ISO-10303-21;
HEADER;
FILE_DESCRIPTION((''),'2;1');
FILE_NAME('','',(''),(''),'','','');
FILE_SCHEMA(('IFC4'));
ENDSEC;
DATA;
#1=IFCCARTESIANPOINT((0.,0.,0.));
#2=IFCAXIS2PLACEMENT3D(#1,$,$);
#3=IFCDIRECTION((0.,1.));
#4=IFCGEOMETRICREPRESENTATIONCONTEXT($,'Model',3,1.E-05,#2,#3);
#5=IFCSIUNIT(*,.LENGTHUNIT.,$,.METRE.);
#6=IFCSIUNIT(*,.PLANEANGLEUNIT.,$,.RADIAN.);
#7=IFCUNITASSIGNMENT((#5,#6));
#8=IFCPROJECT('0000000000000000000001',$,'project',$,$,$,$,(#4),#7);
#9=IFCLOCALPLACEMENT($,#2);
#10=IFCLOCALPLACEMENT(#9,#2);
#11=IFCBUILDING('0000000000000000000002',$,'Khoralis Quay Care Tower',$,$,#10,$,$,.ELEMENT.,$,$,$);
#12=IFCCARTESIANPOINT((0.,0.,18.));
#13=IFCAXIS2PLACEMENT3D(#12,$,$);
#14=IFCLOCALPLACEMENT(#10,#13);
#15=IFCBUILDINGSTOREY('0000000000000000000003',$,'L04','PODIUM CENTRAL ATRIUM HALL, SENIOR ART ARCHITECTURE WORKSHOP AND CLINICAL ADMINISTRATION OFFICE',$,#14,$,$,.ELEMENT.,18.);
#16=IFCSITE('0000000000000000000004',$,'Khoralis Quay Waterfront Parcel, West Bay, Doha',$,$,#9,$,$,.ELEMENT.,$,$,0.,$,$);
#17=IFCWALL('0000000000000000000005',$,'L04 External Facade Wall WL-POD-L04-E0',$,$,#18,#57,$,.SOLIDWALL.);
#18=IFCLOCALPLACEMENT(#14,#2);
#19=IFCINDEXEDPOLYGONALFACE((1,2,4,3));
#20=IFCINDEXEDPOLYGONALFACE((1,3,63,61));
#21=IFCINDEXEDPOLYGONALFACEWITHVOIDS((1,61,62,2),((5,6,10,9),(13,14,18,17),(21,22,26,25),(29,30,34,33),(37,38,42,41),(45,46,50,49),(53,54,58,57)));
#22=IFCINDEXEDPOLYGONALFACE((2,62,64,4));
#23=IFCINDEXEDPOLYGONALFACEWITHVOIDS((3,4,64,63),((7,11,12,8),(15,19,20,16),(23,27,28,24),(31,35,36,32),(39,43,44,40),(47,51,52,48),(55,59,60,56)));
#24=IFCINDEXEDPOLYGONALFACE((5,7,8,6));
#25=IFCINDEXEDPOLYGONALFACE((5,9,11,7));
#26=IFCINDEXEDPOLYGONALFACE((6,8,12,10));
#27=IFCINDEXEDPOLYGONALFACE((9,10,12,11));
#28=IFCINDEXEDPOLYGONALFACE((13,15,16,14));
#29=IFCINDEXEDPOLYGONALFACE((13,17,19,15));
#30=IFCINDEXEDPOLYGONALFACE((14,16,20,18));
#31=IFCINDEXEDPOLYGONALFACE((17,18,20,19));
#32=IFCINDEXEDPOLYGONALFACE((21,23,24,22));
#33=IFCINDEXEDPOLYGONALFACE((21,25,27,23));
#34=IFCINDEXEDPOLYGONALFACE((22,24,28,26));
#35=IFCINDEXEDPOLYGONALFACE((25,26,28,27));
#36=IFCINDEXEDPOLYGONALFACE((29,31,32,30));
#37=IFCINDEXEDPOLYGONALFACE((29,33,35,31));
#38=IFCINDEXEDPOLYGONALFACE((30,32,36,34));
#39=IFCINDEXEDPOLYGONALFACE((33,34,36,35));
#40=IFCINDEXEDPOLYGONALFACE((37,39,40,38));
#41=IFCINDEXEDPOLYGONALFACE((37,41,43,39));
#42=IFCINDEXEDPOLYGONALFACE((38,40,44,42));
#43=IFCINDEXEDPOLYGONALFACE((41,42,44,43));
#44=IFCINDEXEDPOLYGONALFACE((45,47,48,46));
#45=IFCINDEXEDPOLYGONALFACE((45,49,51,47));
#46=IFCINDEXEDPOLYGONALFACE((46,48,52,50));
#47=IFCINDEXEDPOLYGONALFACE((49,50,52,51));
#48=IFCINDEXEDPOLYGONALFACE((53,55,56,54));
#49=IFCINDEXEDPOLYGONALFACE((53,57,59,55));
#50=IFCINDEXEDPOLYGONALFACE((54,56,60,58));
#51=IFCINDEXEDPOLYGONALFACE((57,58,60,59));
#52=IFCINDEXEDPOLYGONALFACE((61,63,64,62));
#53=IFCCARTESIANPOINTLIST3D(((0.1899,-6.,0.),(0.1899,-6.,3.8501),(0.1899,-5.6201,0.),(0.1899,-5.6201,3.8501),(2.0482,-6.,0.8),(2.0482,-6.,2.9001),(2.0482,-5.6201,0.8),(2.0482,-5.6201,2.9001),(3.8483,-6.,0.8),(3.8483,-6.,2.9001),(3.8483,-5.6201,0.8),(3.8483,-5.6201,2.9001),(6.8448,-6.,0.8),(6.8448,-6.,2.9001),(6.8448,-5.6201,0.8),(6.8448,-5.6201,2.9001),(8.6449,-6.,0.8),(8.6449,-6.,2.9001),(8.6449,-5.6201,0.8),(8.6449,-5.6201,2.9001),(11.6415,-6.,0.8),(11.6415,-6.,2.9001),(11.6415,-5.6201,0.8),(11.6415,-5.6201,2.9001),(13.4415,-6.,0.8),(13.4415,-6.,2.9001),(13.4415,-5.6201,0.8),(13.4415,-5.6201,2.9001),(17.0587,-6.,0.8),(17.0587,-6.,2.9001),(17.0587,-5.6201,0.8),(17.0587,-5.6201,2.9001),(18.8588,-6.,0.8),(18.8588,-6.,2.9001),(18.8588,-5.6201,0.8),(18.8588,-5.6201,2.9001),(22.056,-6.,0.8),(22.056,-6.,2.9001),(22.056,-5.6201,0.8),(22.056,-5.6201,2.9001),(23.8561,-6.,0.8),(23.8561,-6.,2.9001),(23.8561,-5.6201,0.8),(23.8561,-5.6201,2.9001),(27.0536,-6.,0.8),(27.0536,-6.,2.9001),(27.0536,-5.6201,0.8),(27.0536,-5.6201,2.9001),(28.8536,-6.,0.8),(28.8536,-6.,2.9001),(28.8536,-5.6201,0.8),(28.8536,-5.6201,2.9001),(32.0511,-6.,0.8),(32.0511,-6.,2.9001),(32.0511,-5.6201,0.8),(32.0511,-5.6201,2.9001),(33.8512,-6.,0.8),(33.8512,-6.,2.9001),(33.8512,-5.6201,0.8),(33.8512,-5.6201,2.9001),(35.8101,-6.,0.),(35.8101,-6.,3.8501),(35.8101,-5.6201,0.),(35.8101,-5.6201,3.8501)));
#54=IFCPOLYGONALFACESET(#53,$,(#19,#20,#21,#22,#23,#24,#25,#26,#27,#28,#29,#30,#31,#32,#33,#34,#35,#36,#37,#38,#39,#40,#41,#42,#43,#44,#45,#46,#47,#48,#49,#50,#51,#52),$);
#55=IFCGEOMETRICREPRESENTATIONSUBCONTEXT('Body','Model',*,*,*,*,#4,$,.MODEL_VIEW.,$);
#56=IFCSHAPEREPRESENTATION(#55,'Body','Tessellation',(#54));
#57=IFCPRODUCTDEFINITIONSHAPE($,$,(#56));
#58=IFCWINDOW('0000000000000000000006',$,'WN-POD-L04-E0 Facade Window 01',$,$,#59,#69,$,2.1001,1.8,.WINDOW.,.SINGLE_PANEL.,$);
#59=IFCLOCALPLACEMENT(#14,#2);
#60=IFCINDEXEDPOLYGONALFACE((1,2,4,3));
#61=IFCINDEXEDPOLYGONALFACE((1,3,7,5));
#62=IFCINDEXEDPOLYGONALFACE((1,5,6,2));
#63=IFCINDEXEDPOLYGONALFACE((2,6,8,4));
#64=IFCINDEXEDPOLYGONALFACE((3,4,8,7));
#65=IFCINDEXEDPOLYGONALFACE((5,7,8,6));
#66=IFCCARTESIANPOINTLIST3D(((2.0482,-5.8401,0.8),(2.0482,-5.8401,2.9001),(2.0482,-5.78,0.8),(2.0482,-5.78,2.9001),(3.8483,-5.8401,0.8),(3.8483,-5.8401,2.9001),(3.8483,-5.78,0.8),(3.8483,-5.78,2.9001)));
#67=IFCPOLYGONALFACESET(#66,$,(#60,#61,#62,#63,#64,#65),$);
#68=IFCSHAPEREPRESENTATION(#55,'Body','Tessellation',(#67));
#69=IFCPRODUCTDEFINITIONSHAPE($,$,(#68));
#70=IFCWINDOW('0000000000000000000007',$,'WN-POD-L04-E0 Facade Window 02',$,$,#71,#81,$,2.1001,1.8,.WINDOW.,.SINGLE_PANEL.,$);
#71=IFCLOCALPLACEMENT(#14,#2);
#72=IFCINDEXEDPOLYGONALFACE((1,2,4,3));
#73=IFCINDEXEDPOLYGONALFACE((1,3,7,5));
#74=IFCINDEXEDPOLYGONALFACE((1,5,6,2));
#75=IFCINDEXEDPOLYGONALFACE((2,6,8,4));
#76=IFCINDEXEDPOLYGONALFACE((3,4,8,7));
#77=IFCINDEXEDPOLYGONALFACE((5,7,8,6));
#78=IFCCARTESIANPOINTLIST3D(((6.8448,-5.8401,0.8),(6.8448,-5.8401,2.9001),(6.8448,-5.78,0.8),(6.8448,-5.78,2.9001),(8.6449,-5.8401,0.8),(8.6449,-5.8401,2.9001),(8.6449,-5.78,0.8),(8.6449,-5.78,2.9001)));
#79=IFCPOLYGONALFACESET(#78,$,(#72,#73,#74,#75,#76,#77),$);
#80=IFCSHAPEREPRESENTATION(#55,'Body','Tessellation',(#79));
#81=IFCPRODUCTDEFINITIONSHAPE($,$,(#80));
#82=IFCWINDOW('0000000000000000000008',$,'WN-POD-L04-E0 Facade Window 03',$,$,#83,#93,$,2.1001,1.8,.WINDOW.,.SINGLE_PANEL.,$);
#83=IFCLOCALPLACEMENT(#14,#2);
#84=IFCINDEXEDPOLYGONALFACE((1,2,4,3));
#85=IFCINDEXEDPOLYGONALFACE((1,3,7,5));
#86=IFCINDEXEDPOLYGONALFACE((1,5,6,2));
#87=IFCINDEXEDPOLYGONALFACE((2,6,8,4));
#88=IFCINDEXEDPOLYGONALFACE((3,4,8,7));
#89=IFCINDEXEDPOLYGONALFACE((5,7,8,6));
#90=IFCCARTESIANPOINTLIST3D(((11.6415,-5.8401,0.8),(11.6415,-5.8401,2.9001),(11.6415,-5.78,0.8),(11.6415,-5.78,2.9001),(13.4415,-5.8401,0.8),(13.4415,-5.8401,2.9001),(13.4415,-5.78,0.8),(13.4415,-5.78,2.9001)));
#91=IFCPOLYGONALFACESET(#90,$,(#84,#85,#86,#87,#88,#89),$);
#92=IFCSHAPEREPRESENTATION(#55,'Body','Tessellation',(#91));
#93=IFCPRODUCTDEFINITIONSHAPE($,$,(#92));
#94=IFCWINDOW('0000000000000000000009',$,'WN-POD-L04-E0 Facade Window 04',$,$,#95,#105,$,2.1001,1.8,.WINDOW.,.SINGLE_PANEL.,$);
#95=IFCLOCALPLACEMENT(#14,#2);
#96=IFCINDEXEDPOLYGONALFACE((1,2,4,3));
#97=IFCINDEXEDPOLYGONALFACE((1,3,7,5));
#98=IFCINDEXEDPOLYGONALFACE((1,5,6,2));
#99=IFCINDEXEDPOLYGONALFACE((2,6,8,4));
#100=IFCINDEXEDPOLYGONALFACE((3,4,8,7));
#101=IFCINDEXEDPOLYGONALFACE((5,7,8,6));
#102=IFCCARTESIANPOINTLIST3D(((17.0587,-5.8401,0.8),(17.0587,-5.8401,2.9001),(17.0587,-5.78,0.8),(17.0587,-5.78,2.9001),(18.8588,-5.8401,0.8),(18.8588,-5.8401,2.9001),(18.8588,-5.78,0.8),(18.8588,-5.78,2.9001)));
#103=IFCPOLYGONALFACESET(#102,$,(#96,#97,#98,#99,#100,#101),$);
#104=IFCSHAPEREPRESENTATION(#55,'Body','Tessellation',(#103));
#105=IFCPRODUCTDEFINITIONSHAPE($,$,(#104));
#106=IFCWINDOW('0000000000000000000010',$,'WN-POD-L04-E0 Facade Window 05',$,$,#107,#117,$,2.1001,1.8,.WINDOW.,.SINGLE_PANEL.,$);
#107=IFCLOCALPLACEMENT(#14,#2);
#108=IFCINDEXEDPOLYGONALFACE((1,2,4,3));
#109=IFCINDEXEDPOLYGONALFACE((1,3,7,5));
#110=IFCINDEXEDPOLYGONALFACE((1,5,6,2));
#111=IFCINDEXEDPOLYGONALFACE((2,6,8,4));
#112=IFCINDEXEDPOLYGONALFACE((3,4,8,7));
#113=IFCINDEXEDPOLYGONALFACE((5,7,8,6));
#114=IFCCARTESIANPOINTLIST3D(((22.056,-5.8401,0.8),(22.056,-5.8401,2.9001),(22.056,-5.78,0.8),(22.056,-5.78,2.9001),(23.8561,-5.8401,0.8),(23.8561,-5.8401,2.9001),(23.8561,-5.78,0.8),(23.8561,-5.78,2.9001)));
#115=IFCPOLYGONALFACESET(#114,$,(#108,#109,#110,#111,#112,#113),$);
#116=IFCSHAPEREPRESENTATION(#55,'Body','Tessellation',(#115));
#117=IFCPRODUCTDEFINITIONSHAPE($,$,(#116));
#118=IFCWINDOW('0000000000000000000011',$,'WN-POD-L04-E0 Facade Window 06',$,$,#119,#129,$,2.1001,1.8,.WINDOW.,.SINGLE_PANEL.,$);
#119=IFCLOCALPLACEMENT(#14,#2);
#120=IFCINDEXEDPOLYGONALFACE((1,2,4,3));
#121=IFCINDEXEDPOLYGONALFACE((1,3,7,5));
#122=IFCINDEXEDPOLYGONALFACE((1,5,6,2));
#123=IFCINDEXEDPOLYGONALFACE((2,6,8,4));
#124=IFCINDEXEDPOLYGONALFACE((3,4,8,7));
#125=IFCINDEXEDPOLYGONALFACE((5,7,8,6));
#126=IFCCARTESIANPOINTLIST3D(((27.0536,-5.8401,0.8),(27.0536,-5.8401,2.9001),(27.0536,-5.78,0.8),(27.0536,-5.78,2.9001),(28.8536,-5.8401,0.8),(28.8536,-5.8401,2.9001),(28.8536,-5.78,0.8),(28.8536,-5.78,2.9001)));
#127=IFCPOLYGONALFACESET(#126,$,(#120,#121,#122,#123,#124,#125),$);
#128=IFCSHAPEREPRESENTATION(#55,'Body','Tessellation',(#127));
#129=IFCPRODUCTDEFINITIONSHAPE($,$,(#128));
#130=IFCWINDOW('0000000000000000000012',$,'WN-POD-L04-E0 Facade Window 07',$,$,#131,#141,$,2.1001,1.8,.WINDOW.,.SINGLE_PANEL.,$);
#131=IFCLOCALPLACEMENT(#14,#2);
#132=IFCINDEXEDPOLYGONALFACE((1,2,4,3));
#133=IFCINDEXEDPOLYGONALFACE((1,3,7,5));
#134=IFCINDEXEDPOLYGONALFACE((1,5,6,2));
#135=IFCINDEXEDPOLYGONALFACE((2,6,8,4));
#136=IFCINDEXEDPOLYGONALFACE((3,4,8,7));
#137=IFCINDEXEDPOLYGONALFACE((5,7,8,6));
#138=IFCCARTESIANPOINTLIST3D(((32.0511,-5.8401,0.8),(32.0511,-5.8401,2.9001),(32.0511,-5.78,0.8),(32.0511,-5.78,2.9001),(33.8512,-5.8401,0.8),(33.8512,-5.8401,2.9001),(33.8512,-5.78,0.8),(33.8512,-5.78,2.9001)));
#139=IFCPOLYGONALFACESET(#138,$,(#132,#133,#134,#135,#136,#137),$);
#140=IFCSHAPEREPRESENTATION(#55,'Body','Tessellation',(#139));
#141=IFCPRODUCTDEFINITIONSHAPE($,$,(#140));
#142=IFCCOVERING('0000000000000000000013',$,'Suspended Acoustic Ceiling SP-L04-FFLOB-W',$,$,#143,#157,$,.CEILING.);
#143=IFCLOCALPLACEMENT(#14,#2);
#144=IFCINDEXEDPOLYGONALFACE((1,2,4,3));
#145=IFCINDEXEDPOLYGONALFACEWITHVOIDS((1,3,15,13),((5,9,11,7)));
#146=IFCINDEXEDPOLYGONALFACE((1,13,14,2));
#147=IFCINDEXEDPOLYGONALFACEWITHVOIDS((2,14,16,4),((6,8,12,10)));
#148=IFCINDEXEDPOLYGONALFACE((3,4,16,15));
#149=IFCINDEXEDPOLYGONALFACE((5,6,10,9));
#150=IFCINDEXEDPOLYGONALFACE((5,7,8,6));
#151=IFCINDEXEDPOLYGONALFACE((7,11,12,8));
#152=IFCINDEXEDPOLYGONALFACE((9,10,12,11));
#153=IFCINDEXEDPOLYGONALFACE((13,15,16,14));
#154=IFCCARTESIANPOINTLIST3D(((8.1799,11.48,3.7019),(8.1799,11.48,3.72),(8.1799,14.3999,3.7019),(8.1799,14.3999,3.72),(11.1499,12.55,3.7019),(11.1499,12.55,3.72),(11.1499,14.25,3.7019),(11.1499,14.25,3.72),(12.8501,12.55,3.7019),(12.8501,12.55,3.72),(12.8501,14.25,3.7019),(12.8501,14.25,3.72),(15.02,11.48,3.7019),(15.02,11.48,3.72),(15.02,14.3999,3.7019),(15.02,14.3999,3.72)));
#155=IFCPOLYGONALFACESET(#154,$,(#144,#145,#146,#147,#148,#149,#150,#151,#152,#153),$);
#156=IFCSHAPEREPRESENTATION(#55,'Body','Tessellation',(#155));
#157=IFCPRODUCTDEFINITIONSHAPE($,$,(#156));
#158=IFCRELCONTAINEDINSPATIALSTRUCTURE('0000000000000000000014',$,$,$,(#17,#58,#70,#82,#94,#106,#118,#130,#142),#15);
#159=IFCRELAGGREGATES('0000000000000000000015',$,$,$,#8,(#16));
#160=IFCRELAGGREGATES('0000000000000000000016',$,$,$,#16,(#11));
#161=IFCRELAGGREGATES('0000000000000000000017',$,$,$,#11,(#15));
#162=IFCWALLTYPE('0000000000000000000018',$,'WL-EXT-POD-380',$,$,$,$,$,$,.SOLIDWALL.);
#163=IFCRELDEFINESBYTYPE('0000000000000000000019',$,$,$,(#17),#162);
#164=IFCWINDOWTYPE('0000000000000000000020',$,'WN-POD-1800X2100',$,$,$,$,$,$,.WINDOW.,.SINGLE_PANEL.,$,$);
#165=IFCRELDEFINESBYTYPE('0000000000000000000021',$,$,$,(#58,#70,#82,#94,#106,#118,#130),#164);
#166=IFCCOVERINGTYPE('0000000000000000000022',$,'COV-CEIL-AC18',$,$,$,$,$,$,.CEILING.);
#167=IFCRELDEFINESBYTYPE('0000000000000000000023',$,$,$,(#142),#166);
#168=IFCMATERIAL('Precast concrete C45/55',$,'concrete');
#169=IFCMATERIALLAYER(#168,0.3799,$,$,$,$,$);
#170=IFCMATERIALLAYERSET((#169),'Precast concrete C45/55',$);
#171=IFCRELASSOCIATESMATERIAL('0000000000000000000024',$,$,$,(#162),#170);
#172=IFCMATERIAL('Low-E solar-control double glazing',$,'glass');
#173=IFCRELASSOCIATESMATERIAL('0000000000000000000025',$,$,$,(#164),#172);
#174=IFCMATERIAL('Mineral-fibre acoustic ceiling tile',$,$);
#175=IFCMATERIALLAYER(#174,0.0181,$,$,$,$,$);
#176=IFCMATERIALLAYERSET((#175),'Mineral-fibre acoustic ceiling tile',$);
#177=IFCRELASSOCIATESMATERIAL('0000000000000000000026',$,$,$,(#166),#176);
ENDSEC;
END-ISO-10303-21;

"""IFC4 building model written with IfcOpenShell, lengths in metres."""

from ifc_helpers import new_model, si_unit, direction, frame, frame_2d, origin, place, context, subcontext, project, spatial, polyline, rectangle, outline, extrude, source, transform, mapped, material, layer, layer_set, type_object, element, fill, save


model = new_model("IFC4")

# Units and contexts
model_context = context("Model", 3, precision=1e-05, world=origin(), true_north=direction((0.0, 1.0)))
body_context = subcontext(model_context, "Body", "Model", "MODEL_VIEW")
ifc_project = project(units=[si_unit("LENGTHUNIT", "METRE"), si_unit("PLANEANGLEUNIT", "RADIAN")], contexts=[model_context])

# Site, building, storey
site_placement = place(None, origin())
site = spatial("IfcSite", under=ifc_project, at=site_placement, Name="Khoralis Quay Waterfront Parcel, West Bay, Doha", CompositionType="ELEMENT", RefElevation=0.0)
building_placement = place(site_placement, origin())
building = spatial("IfcBuilding", under=site, at=building_placement, Name="Khoralis Quay Care Tower", CompositionType="ELEMENT")
storey_placement = place(building_placement, frame((0.0, 0.0, 18.0)))
storey = spatial("IfcBuildingStorey", under=building, at=storey_placement, Name="L04", Description="PODIUM CENTRAL ATRIUM HALL, SENIOR ART ARCHITECTURE WORKSHOP AND CLINICAL ADMINISTRATION OFFICE", CompositionType="ELEMENT", Elevation=18.0)

# Shared definitions
ifc_material_1 = material(Name="Precast concrete C45/55", Category="concrete")

# Wall, openings, windows
ifc_layer_1 = layer(ifc_material_1, 0.3799)
ifc_layer_set_1 = layer_set([ifc_layer_1], Name="Precast concrete C45/55")
wall_type = type_object("IfcWallType", Name="WL-EXT-POD-380", PredefinedType="SOLIDWALL", material=ifc_layer_set_1)
wall_placement = place(storey_placement, frame((0.1899, -5.8101, 0.0), z_axis=(0.0, 0.0, 1.0), x_axis=(1.0, 0.0, 0.0)))
wall = element("IfcWall", 1, at=wall_placement, inside=storey, type_object=wall_type, Name="L04 External Facade Wall WL-POD-L04-E0", PredefinedType="SOLIDWALL", context=body_context, shape_type="SweptSolid", body=[
    extrude(rectangle(XDim=35.6201, YDim=0.3799, at=frame_2d((17.8101, 0.0))), origin(), (0.0, 0.0, 1.0), 3.8501),
])
opening_1_placement = place(wall_placement, frame((1.8584, 0.0, 0.8)))
opening_1 = element("IfcOpeningElement", 2, at=opening_1_placement, cuts=wall, PredefinedType="OPENING", context=body_context, shape_type="SweptSolid", body=[
    extrude(rectangle(XDim=1.8, YDim=2.1001, at=frame_2d((0.8999, 1.05))), frame((0.0, 0.2, 0.0), z_axis=(0.0, -1.0, 0.0), x_axis=(1.0, 0.0, 0.0)), (0.0, 0.0, 1.0), 0.3999),
])
opening_2_placement = place(wall_placement, frame((6.655, 0.0, 0.8)))
opening_2 = element("IfcOpeningElement", 3, at=opening_2_placement, cuts=wall, PredefinedType="OPENING", context=body_context, shape_type="SweptSolid", body=[
    extrude(rectangle(XDim=1.8, YDim=2.1001, at=frame_2d((0.8999, 1.05))), frame((0.0, 0.2, 0.0), z_axis=(0.0, -1.0, 0.0), x_axis=(1.0, 0.0, 0.0)), (0.0, 0.0, 1.0), 0.3999),
])
opening_3_placement = place(wall_placement, frame((11.4517, 0.0, 0.8)))
opening_3 = element("IfcOpeningElement", 4, at=opening_3_placement, cuts=wall, PredefinedType="OPENING", context=body_context, shape_type="SweptSolid", body=[
    extrude(rectangle(XDim=1.8, YDim=2.1001, at=frame_2d((0.8999, 1.05))), frame((0.0, 0.2, 0.0), z_axis=(0.0, -1.0, 0.0), x_axis=(1.0, 0.0, 0.0)), (0.0, 0.0, 1.0), 0.3999),
])
opening_4_placement = place(wall_placement, frame((16.8689, 0.0, 0.8)))
opening_4 = element("IfcOpeningElement", 5, at=opening_4_placement, cuts=wall, PredefinedType="OPENING", context=body_context, shape_type="SweptSolid", body=[
    extrude(rectangle(XDim=1.8, YDim=2.1001, at=frame_2d((0.8999, 1.05))), frame((0.0, 0.2, 0.0), z_axis=(0.0, -1.0, 0.0), x_axis=(1.0, 0.0, 0.0)), (0.0, 0.0, 1.0), 0.3999),
])
opening_5_placement = place(wall_placement, frame((21.8662, 0.0, 0.8)))
opening_5 = element("IfcOpeningElement", 6, at=opening_5_placement, cuts=wall, PredefinedType="OPENING", context=body_context, shape_type="SweptSolid", body=[
    extrude(rectangle(XDim=1.8, YDim=2.1001, at=frame_2d((0.8999, 1.05))), frame((0.0, 0.2, 0.0), z_axis=(0.0, -1.0, 0.0), x_axis=(1.0, 0.0, 0.0)), (0.0, 0.0, 1.0), 0.3999),
])
opening_6_placement = place(wall_placement, frame((26.8638, 0.0, 0.8)))
opening_6 = element("IfcOpeningElement", 7, at=opening_6_placement, cuts=wall, PredefinedType="OPENING", context=body_context, shape_type="SweptSolid", body=[
    extrude(rectangle(XDim=1.8, YDim=2.1001, at=frame_2d((0.8999, 1.05))), frame((0.0, 0.2, 0.0), z_axis=(0.0, -1.0, 0.0), x_axis=(1.0, 0.0, 0.0)), (0.0, 0.0, 1.0), 0.3999),
])
opening_7_placement = place(wall_placement, frame((31.8613, 0.0, 0.8)))
opening_7 = element("IfcOpeningElement", 8, at=opening_7_placement, cuts=wall, PredefinedType="OPENING", context=body_context, shape_type="SweptSolid", body=[
    extrude(rectangle(XDim=1.8, YDim=2.1001, at=frame_2d((0.8999, 1.05))), frame((0.0, 0.2, 0.0), z_axis=(0.0, -1.0, 0.0), x_axis=(1.0, 0.0, 0.0)), (0.0, 0.0, 1.0), 0.3999),
])
ifc_material_2 = material(Name="Low-E solar-control double glazing", Category="glass")
window_type = type_object("IfcWindowType", Name="WN-POD-1800X2100", PartitioningType="SINGLE_PANEL", PredefinedType="WINDOW", material=ifc_material_2)
shared_shape_1 = source(origin(), body_context, "Body", "SweptSolid", [
    extrude(rectangle(XDim=1.8, YDim=2.1001, at=frame_2d((0.8999, 1.05))), frame((0.0, 0.03, 0.0), z_axis=(0.0, -1.0, 0.0), x_axis=(1.0, 0.0, 0.0)), (0.0, 0.0, 1.0), 0.0601),
])
window_1_placement = place(opening_1_placement, origin())
window_1 = element("IfcWindow", 9, at=window_1_placement, inside=storey, type_object=window_type, Name="WN-POD-L04-E0 Facade Window 01", OverallHeight=2.1001, OverallWidth=1.8, PartitioningType="SINGLE_PANEL", PredefinedType="WINDOW", context=body_context, shape_type="MappedRepresentation", body=[
    mapped(shared_shape_1, transform((0.0, 0.0, 0.0), scale=1.0)),
])
fill(opening_1, window_1)
window_2_placement = place(opening_2_placement, origin())
window_2 = element("IfcWindow", 10, at=window_2_placement, inside=storey, type_object=window_type, Name="WN-POD-L04-E0 Facade Window 02", OverallHeight=2.1001, OverallWidth=1.8, PartitioningType="SINGLE_PANEL", PredefinedType="WINDOW", context=body_context, shape_type="MappedRepresentation", body=[
    mapped(shared_shape_1, transform((0.0, 0.0, 0.0), scale=1.0)),
])
fill(opening_2, window_2)
window_3_placement = place(opening_3_placement, origin())
window_3 = element("IfcWindow", 11, at=window_3_placement, inside=storey, type_object=window_type, Name="WN-POD-L04-E0 Facade Window 03", OverallHeight=2.1001, OverallWidth=1.8, PartitioningType="SINGLE_PANEL", PredefinedType="WINDOW", context=body_context, shape_type="MappedRepresentation", body=[
    mapped(shared_shape_1, transform((0.0, 0.0, 0.0), scale=1.0)),
])
fill(opening_3, window_3)
window_4_placement = place(opening_4_placement, origin())
window_4 = element("IfcWindow", 12, at=window_4_placement, inside=storey, type_object=window_type, Name="WN-POD-L04-E0 Facade Window 04", OverallHeight=2.1001, OverallWidth=1.8, PartitioningType="SINGLE_PANEL", PredefinedType="WINDOW", context=body_context, shape_type="MappedRepresentation", body=[
    mapped(shared_shape_1, transform((0.0, 0.0, 0.0), scale=1.0)),
])
fill(opening_4, window_4)
window_5_placement = place(opening_5_placement, origin())
window_5 = element("IfcWindow", 13, at=window_5_placement, inside=storey, type_object=window_type, Name="WN-POD-L04-E0 Facade Window 05", OverallHeight=2.1001, OverallWidth=1.8, PartitioningType="SINGLE_PANEL", PredefinedType="WINDOW", context=body_context, shape_type="MappedRepresentation", body=[
    mapped(shared_shape_1, transform((0.0, 0.0, 0.0), scale=1.0)),
])
fill(opening_5, window_5)
window_6_placement = place(opening_6_placement, origin())
window_6 = element("IfcWindow", 14, at=window_6_placement, inside=storey, type_object=window_type, Name="WN-POD-L04-E0 Facade Window 06", OverallHeight=2.1001, OverallWidth=1.8, PartitioningType="SINGLE_PANEL", PredefinedType="WINDOW", context=body_context, shape_type="MappedRepresentation", body=[
    mapped(shared_shape_1, transform((0.0, 0.0, 0.0), scale=1.0)),
])
fill(opening_6, window_6)
window_7_placement = place(opening_7_placement, origin())
window_7 = element("IfcWindow", 15, at=window_7_placement, inside=storey, type_object=window_type, Name="WN-POD-L04-E0 Facade Window 07", OverallHeight=2.1001, OverallWidth=1.8, PartitioningType="SINGLE_PANEL", PredefinedType="WINDOW", context=body_context, shape_type="MappedRepresentation", body=[
    mapped(shared_shape_1, transform((0.0, 0.0, 0.0), scale=1.0)),
])
fill(opening_7, window_7)

# Covering
ifc_material_3 = material(Name="Mineral-fibre acoustic ceiling tile")
ifc_layer_2 = layer(ifc_material_3, 0.0181)
ifc_layer_set_2 = layer_set([ifc_layer_2], Name="Mineral-fibre acoustic ceiling tile")
covering_type_1 = type_object("IfcCoveringType", Name="COV-CEIL-AC18", PredefinedType="CEILING", material=ifc_layer_set_2)
covering_1_placement = place(storey_placement, frame((0.0, 0.0, 3.7019)))
element("IfcCovering", 16, at=covering_1_placement, inside=storey, type_object=covering_type_1, Name="Suspended Acoustic Ceiling SP-L04-FFLOB-W", PredefinedType="CEILING", context=body_context, shape_type="SweptSolid", body=[
    extrude(outline(polyline([(8.1799, 11.48), (15.02, 11.48), (15.02, 14.3999), (8.1799, 14.3999), (8.1799, 11.48)]), holes=[polyline([(11.1499, 12.55), (12.8501, 12.55), (12.8501, 14.25), (11.1499, 14.25), (11.1499, 12.55)])]), origin(), (0.0, 0.0, 1.0), 0.0181),
])

save(model, "model.ifc")
